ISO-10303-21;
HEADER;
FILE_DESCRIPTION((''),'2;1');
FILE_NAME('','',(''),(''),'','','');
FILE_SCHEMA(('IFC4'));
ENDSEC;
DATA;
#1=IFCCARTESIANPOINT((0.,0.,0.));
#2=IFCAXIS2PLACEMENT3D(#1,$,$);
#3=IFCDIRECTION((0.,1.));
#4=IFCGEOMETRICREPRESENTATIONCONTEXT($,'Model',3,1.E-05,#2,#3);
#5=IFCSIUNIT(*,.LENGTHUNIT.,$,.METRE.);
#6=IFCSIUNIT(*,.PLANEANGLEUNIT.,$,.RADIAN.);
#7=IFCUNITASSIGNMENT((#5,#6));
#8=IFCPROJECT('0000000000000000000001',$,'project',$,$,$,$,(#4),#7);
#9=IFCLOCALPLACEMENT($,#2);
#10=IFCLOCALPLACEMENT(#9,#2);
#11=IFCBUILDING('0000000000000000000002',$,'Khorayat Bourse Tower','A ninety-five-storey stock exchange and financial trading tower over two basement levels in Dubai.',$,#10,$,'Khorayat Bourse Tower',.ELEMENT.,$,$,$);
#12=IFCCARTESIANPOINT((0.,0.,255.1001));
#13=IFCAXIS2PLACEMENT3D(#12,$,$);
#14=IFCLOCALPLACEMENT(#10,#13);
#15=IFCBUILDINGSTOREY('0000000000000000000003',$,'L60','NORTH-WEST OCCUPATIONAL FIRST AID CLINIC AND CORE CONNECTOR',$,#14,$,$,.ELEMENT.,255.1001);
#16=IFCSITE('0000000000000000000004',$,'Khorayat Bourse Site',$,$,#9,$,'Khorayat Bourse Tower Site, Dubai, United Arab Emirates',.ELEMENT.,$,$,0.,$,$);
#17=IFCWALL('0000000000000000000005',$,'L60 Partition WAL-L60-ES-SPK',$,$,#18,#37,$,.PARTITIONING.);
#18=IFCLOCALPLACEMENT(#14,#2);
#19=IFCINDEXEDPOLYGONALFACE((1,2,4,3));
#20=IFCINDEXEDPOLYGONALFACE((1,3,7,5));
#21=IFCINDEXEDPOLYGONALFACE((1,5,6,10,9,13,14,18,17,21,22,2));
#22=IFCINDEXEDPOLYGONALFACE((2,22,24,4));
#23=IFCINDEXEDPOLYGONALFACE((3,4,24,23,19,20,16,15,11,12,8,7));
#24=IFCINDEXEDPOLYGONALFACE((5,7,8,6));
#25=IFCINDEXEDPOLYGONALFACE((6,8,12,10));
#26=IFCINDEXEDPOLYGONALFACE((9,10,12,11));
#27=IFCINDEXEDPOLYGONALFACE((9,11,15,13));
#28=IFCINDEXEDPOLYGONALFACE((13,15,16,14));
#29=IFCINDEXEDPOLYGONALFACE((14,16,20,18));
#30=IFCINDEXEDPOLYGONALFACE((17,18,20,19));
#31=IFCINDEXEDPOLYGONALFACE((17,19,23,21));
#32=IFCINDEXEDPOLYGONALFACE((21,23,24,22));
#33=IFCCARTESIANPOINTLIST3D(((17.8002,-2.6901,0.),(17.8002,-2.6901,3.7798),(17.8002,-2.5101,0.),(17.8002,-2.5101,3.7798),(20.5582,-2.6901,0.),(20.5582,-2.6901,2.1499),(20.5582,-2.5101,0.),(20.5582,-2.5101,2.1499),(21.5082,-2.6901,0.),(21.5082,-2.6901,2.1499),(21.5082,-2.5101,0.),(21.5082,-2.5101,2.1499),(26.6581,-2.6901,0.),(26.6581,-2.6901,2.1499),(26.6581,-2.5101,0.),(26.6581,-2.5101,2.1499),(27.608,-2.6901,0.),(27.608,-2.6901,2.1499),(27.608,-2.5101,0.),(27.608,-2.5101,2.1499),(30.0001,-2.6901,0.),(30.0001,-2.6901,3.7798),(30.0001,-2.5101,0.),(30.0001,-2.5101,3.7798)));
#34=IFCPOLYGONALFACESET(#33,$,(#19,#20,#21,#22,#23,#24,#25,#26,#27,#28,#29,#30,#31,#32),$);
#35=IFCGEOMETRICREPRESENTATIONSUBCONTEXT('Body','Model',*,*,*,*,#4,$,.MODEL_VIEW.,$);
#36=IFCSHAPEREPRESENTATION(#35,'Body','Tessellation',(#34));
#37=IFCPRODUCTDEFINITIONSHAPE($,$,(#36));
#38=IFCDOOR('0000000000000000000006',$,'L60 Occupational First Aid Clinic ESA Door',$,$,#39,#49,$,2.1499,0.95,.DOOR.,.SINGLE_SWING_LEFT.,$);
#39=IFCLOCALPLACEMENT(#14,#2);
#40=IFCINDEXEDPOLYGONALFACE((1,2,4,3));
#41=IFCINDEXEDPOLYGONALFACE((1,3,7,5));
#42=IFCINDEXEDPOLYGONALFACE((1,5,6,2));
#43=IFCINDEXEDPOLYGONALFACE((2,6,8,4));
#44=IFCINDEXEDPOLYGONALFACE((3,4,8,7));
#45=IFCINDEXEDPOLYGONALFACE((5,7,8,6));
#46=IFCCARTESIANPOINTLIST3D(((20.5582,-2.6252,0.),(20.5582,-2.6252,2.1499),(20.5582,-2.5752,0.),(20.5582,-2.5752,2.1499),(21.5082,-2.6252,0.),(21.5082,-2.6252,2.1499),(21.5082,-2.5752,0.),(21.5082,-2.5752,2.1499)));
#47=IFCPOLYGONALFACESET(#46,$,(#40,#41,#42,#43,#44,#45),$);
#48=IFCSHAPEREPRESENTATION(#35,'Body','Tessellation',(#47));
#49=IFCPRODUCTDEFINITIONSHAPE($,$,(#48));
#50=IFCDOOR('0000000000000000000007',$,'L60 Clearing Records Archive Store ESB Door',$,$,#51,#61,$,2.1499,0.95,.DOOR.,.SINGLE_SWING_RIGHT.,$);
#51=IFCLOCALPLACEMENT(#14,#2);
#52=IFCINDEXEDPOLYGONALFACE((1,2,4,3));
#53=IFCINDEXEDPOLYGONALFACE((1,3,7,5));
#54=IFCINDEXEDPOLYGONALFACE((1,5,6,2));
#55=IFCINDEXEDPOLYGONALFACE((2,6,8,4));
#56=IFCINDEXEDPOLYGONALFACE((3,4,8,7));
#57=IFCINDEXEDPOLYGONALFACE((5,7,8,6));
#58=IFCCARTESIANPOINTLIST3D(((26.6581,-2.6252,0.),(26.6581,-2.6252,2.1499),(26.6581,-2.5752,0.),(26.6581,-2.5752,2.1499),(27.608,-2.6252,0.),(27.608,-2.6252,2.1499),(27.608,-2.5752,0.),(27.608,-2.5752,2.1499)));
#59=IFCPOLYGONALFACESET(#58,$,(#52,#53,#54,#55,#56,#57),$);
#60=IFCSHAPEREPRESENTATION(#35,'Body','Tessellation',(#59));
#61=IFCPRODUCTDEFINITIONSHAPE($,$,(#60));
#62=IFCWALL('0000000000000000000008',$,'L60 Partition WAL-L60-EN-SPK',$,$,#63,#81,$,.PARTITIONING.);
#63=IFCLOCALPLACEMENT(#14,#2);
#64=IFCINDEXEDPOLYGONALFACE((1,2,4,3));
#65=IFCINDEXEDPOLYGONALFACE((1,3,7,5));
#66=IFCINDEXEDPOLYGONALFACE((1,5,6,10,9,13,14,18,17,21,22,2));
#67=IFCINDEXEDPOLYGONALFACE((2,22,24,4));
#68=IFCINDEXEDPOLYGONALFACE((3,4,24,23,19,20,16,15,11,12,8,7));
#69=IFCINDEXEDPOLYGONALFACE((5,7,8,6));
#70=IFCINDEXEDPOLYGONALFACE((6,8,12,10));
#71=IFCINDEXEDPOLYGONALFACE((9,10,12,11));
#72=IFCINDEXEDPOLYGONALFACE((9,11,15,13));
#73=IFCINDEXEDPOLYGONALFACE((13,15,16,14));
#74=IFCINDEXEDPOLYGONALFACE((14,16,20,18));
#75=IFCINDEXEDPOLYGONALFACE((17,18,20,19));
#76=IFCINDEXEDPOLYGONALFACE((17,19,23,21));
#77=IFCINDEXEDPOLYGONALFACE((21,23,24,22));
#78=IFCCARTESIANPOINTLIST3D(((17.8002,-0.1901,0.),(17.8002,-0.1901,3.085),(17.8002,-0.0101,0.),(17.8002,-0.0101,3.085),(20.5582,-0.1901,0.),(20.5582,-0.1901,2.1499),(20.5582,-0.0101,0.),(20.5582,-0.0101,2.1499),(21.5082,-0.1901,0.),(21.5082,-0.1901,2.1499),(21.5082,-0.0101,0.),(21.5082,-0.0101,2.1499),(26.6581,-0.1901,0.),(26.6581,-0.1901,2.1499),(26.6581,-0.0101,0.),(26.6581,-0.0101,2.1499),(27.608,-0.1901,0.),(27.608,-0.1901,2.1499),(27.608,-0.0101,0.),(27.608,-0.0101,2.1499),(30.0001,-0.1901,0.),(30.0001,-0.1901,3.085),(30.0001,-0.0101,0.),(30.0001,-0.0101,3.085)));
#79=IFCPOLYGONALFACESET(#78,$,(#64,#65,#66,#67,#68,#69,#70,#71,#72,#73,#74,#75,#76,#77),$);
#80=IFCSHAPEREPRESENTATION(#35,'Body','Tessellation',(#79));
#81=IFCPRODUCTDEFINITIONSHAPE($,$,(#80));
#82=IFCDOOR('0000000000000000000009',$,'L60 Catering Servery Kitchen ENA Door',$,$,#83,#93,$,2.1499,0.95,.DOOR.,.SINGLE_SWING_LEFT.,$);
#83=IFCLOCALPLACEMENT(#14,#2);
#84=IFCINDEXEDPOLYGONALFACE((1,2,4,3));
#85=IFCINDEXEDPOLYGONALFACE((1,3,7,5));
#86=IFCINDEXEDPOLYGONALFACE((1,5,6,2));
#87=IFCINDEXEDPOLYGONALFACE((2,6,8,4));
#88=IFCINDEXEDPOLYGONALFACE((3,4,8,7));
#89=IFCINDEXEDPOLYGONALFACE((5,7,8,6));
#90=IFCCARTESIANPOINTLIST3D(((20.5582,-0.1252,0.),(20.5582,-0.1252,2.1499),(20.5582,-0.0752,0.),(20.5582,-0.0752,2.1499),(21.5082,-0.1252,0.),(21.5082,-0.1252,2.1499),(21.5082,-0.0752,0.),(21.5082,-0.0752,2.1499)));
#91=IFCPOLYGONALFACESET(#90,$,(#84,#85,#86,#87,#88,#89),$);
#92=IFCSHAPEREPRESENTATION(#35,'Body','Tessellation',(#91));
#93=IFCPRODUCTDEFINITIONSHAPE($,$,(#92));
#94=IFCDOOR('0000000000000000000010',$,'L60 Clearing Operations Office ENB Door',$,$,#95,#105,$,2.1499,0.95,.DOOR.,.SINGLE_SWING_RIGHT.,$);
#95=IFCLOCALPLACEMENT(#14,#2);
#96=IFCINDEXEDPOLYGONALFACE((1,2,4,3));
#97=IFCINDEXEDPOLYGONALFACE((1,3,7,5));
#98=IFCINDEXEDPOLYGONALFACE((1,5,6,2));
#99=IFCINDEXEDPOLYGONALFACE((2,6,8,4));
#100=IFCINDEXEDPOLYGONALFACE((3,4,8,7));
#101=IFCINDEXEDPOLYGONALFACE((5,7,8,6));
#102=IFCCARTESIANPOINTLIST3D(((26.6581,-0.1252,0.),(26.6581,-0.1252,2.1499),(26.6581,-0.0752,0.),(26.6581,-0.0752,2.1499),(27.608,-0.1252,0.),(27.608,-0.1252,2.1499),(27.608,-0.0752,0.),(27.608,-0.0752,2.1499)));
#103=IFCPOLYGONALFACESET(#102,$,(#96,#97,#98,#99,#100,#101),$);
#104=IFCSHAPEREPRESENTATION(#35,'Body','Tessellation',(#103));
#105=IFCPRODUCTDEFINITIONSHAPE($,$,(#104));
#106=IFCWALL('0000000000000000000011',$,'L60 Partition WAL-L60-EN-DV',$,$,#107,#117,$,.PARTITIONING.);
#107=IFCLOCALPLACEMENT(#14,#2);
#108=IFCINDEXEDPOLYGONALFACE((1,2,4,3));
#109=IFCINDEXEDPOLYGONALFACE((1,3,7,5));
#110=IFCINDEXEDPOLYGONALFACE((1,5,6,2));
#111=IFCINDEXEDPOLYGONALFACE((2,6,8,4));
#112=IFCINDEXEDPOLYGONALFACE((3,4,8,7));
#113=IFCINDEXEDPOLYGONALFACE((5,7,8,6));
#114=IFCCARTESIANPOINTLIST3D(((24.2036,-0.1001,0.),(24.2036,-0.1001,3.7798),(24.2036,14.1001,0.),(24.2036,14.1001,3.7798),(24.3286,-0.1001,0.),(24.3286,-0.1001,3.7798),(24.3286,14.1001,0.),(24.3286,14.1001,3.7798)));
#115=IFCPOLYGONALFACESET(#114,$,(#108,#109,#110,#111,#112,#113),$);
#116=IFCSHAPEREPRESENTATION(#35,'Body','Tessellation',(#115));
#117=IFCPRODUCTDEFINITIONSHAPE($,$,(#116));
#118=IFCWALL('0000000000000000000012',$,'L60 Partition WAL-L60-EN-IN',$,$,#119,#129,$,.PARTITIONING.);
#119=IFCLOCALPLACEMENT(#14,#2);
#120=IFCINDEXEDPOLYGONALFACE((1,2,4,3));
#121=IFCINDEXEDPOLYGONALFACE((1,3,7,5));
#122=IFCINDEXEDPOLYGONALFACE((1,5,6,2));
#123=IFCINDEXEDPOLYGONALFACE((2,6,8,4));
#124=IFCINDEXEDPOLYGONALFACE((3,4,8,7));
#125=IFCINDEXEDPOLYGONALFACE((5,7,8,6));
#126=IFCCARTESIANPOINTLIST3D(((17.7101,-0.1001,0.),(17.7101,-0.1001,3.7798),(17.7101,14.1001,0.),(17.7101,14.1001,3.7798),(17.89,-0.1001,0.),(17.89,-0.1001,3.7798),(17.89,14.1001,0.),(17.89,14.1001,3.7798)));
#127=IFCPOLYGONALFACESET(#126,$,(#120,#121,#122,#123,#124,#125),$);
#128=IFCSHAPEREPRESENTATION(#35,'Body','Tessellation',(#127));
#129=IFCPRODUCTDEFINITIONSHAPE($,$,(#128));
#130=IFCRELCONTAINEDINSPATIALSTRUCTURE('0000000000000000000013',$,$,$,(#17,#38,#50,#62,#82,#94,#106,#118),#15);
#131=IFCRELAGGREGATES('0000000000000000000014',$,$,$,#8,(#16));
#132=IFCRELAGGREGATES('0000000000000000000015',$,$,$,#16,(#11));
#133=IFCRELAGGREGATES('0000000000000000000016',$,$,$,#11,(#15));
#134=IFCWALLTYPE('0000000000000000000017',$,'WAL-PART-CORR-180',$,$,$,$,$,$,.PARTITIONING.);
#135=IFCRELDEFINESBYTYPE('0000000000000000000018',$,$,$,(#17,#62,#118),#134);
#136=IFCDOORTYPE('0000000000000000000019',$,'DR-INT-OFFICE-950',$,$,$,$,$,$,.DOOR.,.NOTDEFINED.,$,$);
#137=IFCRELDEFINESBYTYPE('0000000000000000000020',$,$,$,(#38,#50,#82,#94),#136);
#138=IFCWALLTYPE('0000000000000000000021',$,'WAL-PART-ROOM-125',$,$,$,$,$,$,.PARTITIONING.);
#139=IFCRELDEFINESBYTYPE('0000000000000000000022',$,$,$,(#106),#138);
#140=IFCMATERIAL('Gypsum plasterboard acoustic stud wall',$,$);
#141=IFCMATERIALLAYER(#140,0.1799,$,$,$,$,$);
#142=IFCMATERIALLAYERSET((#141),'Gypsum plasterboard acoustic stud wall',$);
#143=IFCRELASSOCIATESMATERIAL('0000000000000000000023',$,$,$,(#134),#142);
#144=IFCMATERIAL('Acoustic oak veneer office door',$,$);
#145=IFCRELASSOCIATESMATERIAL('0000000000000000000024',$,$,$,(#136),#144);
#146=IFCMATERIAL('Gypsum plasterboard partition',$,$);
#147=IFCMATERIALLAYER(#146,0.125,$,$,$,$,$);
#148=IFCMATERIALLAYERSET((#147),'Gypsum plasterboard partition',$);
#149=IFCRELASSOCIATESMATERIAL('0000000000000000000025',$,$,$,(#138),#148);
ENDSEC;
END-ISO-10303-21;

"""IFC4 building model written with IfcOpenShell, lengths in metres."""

from ifc_helpers import new_model, si_unit, direction, frame, frame_2d, origin, place, context, subcontext, project, spatial, rectangle, extrude, source, transform, mapped, material, layer, layer_set, type_object, element, fill, save


model = new_model("IFC4")

# Units and contexts
model_context = context("Model", 3, precision=1e-05, world=origin(), true_north=direction((0.0, 1.0)))
body_context = subcontext(model_context, "Body", "Model", "MODEL_VIEW")
ifc_project = project(units=[si_unit("LENGTHUNIT", "METRE"), si_unit("PLANEANGLEUNIT", "RADIAN")], contexts=[model_context])

# Site, building, storey
site_placement = place(None, origin())
site = spatial("IfcSite", under=ifc_project, at=site_placement, Name="Khorayat Bourse Site", LongName="Khorayat Bourse Tower Site, Dubai, United Arab Emirates", CompositionType="ELEMENT", RefElevation=0.0)
building_placement = place(site_placement, origin())
building = spatial("IfcBuilding", under=site, at=building_placement, Name="Khorayat Bourse Tower", Description="A ninety-five-storey stock exchange and financial trading tower over two basement levels in Dubai.", LongName="Khorayat Bourse Tower", CompositionType="ELEMENT")
storey_placement = place(building_placement, frame((0.0, 0.0, 255.1001)))
storey = spatial("IfcBuildingStorey", under=building, at=storey_placement, Name="L60", Description="NORTH-WEST OCCUPATIONAL FIRST AID CLINIC AND CORE CONNECTOR", CompositionType="ELEMENT", Elevation=255.1001)

# Shared definitions
ifc_material_1 = material(Name="Gypsum plasterboard acoustic stud wall")
ifc_layer_1 = layer(ifc_material_1, 0.1799)
ifc_layer_set_1 = layer_set([ifc_layer_1], Name="Gypsum plasterboard acoustic stud wall")
wall_type_1 = type_object("IfcWallType", Name="WAL-PART-CORR-180", PredefinedType="PARTITIONING", material=ifc_layer_set_1)

# Walls, openings, doors
shared_shape_1 = source(origin(), body_context, "Body", "SweptSolid", [
    extrude(rectangle(XDim=12.2, YDim=0.1799, at=frame_2d((6.1001, 0.0))), origin(), (0.0, 0.0, 1.0), 3.7798),
])
wall_1_placement = place(storey_placement, frame((17.8, -2.6001, 0.0), z_axis=(0.0, 0.0, 1.0), x_axis=(1.0, 0.0, 0.0)))
wall_1 = element("IfcWall", 1, at=wall_1_placement, inside=storey, type_object=wall_type_1, Name="L60 Partition WAL-L60-ES-SPK", PredefinedType="PARTITIONING", context=body_context, shape_type="MappedRepresentation", body=[
    mapped(shared_shape_1, transform((0.0, 0.0, 0.0), scale=1.0)),
])
shared_shape_2 = source(origin(), body_context, "Body", "SweptSolid", [
    extrude(rectangle(XDim=0.95, YDim=2.1499, at=frame_2d((0.4751, 1.075))), frame((0.0, 0.0999, 0.0), z_axis=(0.0, -1.0, 0.0), x_axis=(1.0, 0.0, 0.0)), (0.0, 0.0, 1.0), 0.2),
])
opening_1_placement = place(wall_1_placement, frame((2.7581, 0.0, 0.0)))
opening_1 = element("IfcOpeningElement", 2, at=opening_1_placement, cuts=wall_1, PredefinedType="OPENING", context=body_context, shape_type="MappedRepresentation", body=[
    mapped(shared_shape_2, transform((0.0, 0.0, 0.0), scale=1.0)),
])
opening_2_placement = place(wall_1_placement, frame((8.8579, 0.0, 0.0)))
opening_2 = element("IfcOpeningElement", 3, at=opening_2_placement, cuts=wall_1, PredefinedType="OPENING", context=body_context, shape_type="MappedRepresentation", body=[
    mapped(shared_shape_2, transform((0.0, 0.0, 0.0), scale=1.0)),
])
ifc_material_2 = material(Name="Acoustic oak veneer office door")
door_type = type_object("IfcDoorType", Name="DR-INT-OFFICE-950", OperationType="NOTDEFINED", PredefinedType="DOOR", material=ifc_material_2)
shared_shape_3 = source(origin(), body_context, "Body", "SweptSolid", [
    extrude(rectangle(XDim=0.95, YDim=2.1499, at=frame_2d((0.4751, 1.075))), frame((0.0, 0.0249, 0.0), z_axis=(0.0, -1.0, 0.0), x_axis=(1.0, 0.0, 0.0)), (0.0, 0.0, 1.0), 0.05),
])
door_1_placement = place(opening_1_placement, origin())
door_1 = element("IfcDoor", 4, at=door_1_placement, inside=storey, type_object=door_type, Name="L60 Occupational First Aid Clinic ESA Door", OperationType="SINGLE_SWING_LEFT", OverallHeight=2.1499, OverallWidth=0.95, PredefinedType="DOOR", context=body_context, shape_type="MappedRepresentation", body=[
    mapped(shared_shape_3, transform((0.0, 0.0, 0.0), scale=1.0)),
])
fill(opening_1, door_1)
door_2_placement = place(opening_2_placement, origin())
door_2 = element("IfcDoor", 5, at=door_2_placement, inside=storey, type_object=door_type, Name="L60 Clearing Records Archive Store ESB Door", OperationType="SINGLE_SWING_RIGHT", OverallHeight=2.1499, OverallWidth=0.95, PredefinedType="DOOR", context=body_context, shape_type="MappedRepresentation", body=[
    mapped(shared_shape_3, transform((0.0, 0.0, 0.0), scale=1.0)),
])
fill(opening_2, door_2)
shared_shape_4 = source(origin(), body_context, "Body", "SweptSolid", [
    extrude(rectangle(XDim=12.2, YDim=0.1799, at=frame_2d((6.1001, 0.0))), origin(), (0.0, 0.0, 1.0), 3.085),
])
wall_2_placement = place(storey_placement, frame((17.8, -0.1001, 0.0), z_axis=(0.0, 0.0, 1.0), x_axis=(1.0, 0.0, 0.0)))
wall_2 = element("IfcWall", 6, at=wall_2_placement, inside=storey, type_object=wall_type_1, Name="L60 Partition WAL-L60-EN-SPK", PredefinedType="PARTITIONING", context=body_context, shape_type="MappedRepresentation", body=[
    mapped(shared_shape_4, transform((0.0, 0.0, 0.0), scale=1.0)),
])
opening_3_placement = place(wall_2_placement, frame((2.7581, 0.0, 0.0)))
opening_3 = element("IfcOpeningElement", 7, at=opening_3_placement, cuts=wall_2, PredefinedType="OPENING", context=body_context, shape_type="MappedRepresentation", body=[
    mapped(shared_shape_2, transform((0.0, 0.0, 0.0), scale=1.0)),
])
opening_4_placement = place(wall_2_placement, frame((8.8579, 0.0, 0.0)))
opening_4 = element("IfcOpeningElement", 8, at=opening_4_placement, cuts=wall_2, PredefinedType="OPENING", context=body_context, shape_type="MappedRepresentation", body=[
    mapped(shared_shape_2, transform((0.0, 0.0, 0.0), scale=1.0)),
])
door_3_placement = place(opening_3_placement, origin())
door_3 = element("IfcDoor", 9, at=door_3_placement, inside=storey, type_object=door_type, Name="L60 Catering Servery Kitchen ENA Door", OperationType="SINGLE_SWING_LEFT", OverallHeight=2.1499, OverallWidth=0.95, PredefinedType="DOOR", context=body_context, shape_type="MappedRepresentation", body=[
    mapped(shared_shape_3, transform((0.0, 0.0, 0.0), scale=1.0)),
])
fill(opening_3, door_3)
door_4_placement = place(opening_4_placement, origin())
door_4 = element("IfcDoor", 10, at=door_4_placement, inside=storey, type_object=door_type, Name="L60 Clearing Operations Office ENB Door", OperationType="SINGLE_SWING_RIGHT", OverallHeight=2.1499, OverallWidth=0.95, PredefinedType="DOOR", context=body_context, shape_type="MappedRepresentation", body=[
    mapped(shared_shape_3, transform((0.0, 0.0, 0.0), scale=1.0)),
])
fill(opening_4, door_4)

# Walls
ifc_material_3 = material(Name="Gypsum plasterboard partition")
ifc_layer_2 = layer(ifc_material_3, 0.125)
ifc_layer_set_2 = layer_set([ifc_layer_2], Name="Gypsum plasterboard partition")
wall_type_2 = type_object("IfcWallType", Name="WAL-PART-ROOM-125", PredefinedType="PARTITIONING", material=ifc_layer_set_2)
shared_shape_5 = source(origin(), body_context, "Body", "SweptSolid", [
    extrude(rectangle(XDim=14.2002, YDim=0.125, at=frame_2d((7.1001, 0.0))), origin(), (0.0, 0.0, 1.0), 3.7798),
])
wall_3_placement = place(storey_placement, frame((24.2661, -0.1001, 0.0), z_axis=(0.0, 0.0, 1.0), x_axis=(0.0, 1.0, 0.0)))
element("IfcWall", 11, at=wall_3_placement, inside=storey, type_object=wall_type_2, Name="L60 Partition WAL-L60-EN-DV", PredefinedType="PARTITIONING", context=body_context, shape_type="MappedRepresentation", body=[
    mapped(shared_shape_5, transform((0.0, 0.0, 0.0), scale=1.0)),
])
shared_shape_6 = source(origin(), body_context, "Body", "SweptSolid", [
    extrude(rectangle(XDim=14.2002, YDim=0.1799, at=frame_2d((7.1001, 0.0))), origin(), (0.0, 0.0, 1.0), 3.7798),
])
wall_4_placement = place(storey_placement, frame((17.8, -0.1001, 0.0), z_axis=(0.0, 0.0, 1.0), x_axis=(0.0, 1.0, 0.0)))
element("IfcWall", 12, at=wall_4_placement, inside=storey, type_object=wall_type_1, Name="L60 Partition WAL-L60-EN-IN", PredefinedType="PARTITIONING", context=body_context, shape_type="MappedRepresentation", body=[
    mapped(shared_shape_6, transform((0.0, 0.0, 0.0), scale=1.0)),
])

save(model, "model.ifc")
